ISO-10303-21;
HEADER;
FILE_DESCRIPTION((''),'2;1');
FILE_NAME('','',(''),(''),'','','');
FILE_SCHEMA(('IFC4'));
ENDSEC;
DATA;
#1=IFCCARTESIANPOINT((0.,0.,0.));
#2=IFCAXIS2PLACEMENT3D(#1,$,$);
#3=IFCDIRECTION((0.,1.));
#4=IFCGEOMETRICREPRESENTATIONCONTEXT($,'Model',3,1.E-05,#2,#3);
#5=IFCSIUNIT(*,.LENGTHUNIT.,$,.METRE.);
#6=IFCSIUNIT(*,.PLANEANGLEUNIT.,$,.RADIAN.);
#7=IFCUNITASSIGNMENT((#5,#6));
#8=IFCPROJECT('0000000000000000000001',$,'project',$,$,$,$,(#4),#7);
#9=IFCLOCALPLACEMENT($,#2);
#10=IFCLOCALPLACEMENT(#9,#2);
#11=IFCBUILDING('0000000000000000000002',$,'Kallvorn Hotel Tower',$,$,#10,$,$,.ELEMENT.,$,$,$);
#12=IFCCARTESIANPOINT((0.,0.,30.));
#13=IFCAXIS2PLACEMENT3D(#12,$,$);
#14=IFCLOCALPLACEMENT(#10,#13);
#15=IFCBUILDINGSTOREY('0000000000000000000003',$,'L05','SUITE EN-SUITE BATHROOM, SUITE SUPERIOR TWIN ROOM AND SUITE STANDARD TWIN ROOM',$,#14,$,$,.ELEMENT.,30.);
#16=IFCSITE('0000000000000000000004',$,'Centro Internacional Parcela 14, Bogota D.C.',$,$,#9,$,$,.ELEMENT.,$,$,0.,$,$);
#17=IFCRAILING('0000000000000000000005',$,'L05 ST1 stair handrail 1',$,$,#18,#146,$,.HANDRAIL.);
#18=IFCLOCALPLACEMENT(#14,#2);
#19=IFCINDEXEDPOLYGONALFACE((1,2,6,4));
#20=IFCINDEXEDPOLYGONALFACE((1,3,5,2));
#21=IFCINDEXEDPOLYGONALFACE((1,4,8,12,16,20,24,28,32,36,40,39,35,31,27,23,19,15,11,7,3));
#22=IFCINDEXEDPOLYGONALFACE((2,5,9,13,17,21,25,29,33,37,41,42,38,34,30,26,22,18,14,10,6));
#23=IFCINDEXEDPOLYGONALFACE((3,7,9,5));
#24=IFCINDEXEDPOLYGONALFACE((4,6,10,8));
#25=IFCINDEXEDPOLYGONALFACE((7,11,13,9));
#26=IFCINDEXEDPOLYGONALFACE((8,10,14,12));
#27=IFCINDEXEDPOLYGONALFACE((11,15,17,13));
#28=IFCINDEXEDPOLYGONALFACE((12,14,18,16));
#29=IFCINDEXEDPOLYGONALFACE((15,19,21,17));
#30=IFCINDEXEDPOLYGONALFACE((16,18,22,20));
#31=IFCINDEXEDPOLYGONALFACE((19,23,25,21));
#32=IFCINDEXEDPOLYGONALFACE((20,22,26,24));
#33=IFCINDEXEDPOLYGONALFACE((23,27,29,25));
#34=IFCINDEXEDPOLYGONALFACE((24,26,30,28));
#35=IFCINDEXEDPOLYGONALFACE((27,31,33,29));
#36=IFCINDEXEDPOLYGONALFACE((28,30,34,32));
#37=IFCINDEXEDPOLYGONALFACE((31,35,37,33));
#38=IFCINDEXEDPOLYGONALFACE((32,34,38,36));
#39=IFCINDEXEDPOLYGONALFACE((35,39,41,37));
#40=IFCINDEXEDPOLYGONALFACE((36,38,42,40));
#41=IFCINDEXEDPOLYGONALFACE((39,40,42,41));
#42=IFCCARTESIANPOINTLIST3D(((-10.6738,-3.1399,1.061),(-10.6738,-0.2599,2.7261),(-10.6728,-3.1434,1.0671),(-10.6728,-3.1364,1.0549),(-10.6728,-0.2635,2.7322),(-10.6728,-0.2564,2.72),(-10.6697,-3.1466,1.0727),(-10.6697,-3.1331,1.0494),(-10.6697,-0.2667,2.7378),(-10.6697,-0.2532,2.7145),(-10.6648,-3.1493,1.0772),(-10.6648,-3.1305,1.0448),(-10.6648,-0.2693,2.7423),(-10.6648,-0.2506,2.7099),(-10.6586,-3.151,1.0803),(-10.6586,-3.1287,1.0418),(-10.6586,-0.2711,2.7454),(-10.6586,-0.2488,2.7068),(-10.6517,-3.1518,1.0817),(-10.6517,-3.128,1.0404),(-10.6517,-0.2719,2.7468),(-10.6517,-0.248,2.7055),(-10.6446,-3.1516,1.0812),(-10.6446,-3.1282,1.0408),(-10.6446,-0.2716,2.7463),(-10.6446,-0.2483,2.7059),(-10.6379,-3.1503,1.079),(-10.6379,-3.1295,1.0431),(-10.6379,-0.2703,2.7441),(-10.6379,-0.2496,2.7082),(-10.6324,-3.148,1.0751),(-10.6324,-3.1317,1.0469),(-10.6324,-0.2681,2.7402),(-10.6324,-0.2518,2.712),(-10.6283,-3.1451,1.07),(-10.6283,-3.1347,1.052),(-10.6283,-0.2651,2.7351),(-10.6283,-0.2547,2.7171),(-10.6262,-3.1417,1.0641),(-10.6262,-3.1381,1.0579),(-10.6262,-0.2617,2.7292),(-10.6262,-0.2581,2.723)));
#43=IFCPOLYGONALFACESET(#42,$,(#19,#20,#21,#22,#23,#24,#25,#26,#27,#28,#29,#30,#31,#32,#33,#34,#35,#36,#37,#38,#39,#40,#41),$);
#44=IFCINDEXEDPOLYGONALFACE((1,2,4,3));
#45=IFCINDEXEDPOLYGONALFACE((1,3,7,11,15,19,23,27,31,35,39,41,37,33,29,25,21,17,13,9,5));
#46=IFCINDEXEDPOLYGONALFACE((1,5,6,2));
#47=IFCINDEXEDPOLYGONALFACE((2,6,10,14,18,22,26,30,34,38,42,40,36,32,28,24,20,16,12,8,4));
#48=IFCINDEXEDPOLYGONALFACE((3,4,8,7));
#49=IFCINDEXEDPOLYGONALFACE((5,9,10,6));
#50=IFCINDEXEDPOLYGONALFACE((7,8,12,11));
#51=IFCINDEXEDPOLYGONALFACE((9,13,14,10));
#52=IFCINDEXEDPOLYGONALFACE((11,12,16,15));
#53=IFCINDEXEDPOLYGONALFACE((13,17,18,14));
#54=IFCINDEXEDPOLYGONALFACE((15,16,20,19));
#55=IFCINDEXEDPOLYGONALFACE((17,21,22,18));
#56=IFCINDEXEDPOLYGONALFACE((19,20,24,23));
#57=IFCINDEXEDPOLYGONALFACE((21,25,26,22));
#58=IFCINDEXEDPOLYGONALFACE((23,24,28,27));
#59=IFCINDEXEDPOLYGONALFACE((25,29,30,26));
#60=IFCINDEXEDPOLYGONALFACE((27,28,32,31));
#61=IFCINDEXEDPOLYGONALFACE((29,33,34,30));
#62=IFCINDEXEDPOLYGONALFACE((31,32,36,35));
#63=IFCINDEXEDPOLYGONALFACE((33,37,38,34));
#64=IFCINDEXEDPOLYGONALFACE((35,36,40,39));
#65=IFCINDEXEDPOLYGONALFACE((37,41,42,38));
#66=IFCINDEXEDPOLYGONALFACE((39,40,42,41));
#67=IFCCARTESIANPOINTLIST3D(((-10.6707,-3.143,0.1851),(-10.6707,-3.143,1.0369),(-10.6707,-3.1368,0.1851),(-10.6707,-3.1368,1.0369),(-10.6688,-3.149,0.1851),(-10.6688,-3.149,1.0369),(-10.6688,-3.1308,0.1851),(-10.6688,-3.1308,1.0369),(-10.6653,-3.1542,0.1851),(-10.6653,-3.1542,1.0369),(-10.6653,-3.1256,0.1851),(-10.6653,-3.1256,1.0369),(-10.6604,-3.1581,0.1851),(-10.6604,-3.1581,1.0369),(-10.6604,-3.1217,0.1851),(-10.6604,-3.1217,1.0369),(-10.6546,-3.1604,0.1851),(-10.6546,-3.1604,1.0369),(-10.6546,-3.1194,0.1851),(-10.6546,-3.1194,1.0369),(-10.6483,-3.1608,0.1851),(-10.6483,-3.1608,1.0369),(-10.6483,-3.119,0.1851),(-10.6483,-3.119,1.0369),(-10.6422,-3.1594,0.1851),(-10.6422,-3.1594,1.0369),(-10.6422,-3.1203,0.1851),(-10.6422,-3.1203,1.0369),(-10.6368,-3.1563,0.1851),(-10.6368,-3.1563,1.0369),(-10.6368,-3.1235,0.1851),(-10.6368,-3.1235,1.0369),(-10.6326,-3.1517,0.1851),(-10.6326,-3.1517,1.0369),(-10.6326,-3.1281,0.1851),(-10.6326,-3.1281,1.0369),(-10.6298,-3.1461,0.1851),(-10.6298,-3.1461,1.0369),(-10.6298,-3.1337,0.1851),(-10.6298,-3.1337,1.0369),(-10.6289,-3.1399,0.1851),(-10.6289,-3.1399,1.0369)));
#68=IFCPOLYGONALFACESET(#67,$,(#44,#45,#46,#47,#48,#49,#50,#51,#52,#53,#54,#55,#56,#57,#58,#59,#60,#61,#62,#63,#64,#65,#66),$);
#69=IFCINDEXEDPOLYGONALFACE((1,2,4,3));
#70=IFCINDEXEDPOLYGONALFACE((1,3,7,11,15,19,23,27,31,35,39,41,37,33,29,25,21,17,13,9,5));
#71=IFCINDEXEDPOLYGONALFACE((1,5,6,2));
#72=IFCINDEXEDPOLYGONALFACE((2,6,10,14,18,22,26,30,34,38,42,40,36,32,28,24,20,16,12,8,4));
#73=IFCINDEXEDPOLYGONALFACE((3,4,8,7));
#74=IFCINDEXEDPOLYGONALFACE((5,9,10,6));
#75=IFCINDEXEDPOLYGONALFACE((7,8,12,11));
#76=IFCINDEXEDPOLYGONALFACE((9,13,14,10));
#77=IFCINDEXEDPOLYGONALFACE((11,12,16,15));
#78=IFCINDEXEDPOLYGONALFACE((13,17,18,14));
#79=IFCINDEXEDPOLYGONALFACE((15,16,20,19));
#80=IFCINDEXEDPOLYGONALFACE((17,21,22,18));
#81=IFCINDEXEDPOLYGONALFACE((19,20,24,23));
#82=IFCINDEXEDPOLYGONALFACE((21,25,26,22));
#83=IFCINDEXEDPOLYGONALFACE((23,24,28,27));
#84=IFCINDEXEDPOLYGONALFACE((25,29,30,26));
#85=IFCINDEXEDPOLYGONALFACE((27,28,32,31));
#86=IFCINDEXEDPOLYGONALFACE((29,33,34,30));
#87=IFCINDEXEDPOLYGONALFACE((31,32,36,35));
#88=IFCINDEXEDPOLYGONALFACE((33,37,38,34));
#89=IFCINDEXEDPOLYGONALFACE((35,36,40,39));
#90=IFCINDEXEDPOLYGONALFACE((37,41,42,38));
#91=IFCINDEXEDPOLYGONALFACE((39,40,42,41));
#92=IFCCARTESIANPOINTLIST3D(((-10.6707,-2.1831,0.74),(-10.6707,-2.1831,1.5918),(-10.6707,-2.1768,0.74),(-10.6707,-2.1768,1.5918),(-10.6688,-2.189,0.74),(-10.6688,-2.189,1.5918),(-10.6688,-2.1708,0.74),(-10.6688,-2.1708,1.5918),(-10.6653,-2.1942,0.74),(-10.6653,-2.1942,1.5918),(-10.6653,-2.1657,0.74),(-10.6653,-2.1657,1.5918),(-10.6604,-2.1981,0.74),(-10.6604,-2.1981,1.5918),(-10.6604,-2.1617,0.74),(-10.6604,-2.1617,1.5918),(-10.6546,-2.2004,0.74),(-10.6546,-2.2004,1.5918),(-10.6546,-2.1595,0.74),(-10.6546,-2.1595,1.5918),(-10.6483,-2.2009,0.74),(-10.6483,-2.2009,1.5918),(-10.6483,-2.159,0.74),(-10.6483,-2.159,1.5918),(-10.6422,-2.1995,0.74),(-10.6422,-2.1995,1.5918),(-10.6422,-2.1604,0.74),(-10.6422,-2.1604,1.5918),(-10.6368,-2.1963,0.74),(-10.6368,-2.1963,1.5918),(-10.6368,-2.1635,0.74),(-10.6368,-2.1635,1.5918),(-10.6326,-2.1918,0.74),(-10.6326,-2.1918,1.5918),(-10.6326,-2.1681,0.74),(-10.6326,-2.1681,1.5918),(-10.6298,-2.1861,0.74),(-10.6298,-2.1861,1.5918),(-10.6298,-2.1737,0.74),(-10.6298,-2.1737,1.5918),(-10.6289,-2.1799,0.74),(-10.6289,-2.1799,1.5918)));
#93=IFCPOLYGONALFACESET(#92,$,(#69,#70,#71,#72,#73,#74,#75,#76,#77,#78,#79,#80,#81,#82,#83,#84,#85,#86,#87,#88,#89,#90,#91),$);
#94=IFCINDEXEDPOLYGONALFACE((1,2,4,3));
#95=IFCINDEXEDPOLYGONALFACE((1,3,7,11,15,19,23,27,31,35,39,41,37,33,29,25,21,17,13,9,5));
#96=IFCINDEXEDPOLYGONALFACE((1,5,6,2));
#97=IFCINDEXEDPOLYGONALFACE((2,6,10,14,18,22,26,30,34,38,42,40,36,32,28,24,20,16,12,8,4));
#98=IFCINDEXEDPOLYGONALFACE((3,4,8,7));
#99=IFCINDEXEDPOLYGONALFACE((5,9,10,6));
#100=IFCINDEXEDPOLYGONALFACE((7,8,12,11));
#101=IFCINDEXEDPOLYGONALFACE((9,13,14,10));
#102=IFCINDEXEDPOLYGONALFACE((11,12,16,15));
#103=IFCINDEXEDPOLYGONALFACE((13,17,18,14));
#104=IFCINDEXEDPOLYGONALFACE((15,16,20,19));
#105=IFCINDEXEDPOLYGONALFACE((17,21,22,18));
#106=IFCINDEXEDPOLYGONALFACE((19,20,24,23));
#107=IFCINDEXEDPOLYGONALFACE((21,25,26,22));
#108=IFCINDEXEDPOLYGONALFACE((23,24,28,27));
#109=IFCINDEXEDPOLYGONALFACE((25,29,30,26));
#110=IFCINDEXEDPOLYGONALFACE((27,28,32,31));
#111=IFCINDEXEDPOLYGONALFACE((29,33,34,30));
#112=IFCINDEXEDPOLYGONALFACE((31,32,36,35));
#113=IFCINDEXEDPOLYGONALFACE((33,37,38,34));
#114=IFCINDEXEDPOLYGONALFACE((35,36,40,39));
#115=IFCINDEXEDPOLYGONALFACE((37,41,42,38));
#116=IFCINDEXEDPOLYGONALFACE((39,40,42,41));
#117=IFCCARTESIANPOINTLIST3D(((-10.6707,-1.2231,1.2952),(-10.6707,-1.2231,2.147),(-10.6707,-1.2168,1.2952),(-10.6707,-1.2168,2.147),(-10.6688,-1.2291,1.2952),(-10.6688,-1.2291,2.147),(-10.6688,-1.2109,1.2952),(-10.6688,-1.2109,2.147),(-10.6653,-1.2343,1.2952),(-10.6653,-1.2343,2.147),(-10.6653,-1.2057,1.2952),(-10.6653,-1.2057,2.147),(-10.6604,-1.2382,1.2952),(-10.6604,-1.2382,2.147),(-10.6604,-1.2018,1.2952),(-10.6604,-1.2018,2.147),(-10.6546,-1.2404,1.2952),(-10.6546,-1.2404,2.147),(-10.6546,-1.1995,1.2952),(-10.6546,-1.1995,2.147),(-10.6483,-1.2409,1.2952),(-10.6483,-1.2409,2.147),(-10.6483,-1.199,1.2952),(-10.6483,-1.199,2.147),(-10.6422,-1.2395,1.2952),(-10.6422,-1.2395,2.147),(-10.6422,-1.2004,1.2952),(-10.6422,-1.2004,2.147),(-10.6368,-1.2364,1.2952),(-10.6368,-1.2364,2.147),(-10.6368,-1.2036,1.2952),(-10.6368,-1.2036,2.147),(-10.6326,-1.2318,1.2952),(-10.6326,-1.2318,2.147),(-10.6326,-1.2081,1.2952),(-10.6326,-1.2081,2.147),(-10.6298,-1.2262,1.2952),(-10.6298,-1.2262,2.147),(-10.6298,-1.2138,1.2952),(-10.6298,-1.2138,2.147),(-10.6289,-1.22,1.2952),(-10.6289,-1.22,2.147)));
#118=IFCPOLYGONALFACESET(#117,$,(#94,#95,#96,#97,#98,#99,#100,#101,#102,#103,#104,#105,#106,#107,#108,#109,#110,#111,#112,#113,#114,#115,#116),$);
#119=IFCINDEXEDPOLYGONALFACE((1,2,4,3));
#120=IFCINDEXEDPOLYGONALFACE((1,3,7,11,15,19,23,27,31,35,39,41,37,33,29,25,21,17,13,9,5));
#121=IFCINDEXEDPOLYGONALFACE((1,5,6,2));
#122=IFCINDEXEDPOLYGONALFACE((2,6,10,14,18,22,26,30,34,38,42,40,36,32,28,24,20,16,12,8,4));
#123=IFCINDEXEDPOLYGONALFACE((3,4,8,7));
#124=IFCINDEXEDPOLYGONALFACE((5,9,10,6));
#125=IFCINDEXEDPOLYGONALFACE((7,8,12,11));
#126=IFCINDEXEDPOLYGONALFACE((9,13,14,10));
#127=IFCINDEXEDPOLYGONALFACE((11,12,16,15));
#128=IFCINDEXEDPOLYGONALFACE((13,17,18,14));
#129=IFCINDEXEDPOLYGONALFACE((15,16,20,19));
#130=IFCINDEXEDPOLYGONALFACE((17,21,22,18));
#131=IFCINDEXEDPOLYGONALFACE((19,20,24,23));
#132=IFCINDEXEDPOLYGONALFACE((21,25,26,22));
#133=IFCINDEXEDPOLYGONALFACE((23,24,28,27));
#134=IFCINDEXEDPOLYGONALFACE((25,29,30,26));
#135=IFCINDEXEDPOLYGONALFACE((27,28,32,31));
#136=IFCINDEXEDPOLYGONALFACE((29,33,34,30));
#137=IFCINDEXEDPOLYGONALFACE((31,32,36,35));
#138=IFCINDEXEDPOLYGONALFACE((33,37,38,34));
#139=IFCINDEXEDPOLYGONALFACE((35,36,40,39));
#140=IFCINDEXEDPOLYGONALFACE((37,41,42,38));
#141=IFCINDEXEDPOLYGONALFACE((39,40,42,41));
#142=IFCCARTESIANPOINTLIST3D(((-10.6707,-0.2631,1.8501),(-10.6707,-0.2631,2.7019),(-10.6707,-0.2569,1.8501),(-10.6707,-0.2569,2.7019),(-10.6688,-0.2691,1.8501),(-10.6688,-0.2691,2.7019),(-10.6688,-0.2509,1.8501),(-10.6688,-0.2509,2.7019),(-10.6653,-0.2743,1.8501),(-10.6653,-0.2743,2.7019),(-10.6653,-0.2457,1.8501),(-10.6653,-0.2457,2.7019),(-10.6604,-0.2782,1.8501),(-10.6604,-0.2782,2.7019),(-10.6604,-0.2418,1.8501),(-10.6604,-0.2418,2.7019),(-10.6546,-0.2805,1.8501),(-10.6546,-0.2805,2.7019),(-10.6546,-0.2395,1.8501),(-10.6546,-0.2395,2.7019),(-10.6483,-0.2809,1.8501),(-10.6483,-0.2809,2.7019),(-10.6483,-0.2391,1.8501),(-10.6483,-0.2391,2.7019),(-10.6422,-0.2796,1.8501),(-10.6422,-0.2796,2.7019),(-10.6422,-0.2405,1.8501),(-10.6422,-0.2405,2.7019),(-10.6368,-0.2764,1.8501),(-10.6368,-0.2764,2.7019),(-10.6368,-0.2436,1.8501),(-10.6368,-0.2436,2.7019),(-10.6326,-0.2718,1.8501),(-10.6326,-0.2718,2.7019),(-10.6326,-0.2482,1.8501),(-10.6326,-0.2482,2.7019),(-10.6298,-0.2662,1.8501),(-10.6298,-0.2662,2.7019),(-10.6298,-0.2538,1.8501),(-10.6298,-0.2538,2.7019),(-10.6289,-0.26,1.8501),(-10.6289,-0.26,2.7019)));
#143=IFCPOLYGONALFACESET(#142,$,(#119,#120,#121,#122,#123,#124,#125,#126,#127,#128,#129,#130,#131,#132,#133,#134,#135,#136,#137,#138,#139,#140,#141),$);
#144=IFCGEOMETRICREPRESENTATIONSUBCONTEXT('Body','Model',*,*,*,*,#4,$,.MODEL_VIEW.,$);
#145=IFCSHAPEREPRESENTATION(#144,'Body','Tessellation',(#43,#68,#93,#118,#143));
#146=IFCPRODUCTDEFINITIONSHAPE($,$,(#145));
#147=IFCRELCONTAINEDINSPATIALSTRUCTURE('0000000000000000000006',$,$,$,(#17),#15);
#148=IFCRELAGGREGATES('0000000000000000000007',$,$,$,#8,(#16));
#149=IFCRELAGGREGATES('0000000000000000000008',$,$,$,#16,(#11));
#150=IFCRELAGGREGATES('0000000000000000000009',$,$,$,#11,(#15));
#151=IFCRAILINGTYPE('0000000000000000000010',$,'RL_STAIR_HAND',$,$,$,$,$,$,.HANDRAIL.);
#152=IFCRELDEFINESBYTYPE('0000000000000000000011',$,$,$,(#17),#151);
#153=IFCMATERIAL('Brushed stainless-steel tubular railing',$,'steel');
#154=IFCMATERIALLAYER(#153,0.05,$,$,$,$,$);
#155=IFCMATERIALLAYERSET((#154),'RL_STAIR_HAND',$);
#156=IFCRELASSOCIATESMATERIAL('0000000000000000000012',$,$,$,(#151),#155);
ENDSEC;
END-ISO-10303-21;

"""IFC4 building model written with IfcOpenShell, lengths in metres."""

from ifc_helpers import new_model, si_unit, direction, frame, origin, origin_2d, place, context, subcontext, project, spatial, circle, extrude, material, layer, layer_set, type_object, element, save


model = new_model("IFC4")

# Units and contexts
model_context = context("Model", 3, precision=1e-05, world=origin(), true_north=direction((0.0, 1.0)))
body_context = subcontext(model_context, "Body", "Model", "MODEL_VIEW")
ifc_project = project(units=[si_unit("LENGTHUNIT", "METRE"), si_unit("PLANEANGLEUNIT", "RADIAN")], contexts=[model_context])

# Site, building, storey
site_placement = place(None, origin())
site = spatial("IfcSite", under=ifc_project, at=site_placement, Name="Centro Internacional Parcela 14, Bogota D.C.", CompositionType="ELEMENT", RefElevation=0.0)
building_placement = place(site_placement, origin())
building = spatial("IfcBuilding", under=site, at=building_placement, Name="Kallvorn Hotel Tower", CompositionType="ELEMENT")
storey_placement = place(building_placement, frame((0.0, 0.0, 30.0)))
storey = spatial("IfcBuildingStorey", under=building, at=storey_placement, Name="L05", Description="SUITE EN-SUITE BATHROOM, SUITE SUPERIOR TWIN ROOM AND SUITE STANDARD TWIN ROOM", CompositionType="ELEMENT", Elevation=30.0)

# Railing
ifc_material_1 = material(Name="Brushed stainless-steel tubular railing", Category="steel")
ifc_layer_1 = layer(ifc_material_1, 0.05)
ifc_layer_set_1 = layer_set([ifc_layer_1], Name="RL_STAIR_HAND")
railing_type = type_object("IfcRailingType", Name="RL_STAIR_HAND", PredefinedType="HANDRAIL", material=ifc_layer_set_1)
railing_placement = place(storey_placement, frame((-10.6499, -3.1399, 0.1851)))
element("IfcRailing", 1, at=railing_placement, inside=storey, type_object=railing_type, Name="L05 ST1 stair handrail 1", PredefinedType="HANDRAIL", context=body_context, shape_type="SweptSolid", body=[
    extrude(circle(Radius=0.0239, at=origin_2d()), frame((0.0, 0.0, 0.876), z_axis=(0.0, 0.865721, 0.500527), x_axis=(-1.0, 0.0, 0.0)), (0.0, 0.0, 1.0), 3.3267),
    extrude(circle(Radius=0.021, at=origin_2d()), origin(), (0.0, 0.0, 1.0), 0.8518),
    extrude(circle(Radius=0.021, at=origin_2d()), frame((0.0, 0.96, 0.5549)), (0.0, 0.0, 1.0), 0.8518),
    extrude(circle(Radius=0.021, at=origin_2d()), frame((0.0, 1.9199, 1.1101)), (0.0, 0.0, 1.0), 0.8518),
    extrude(circle(Radius=0.021, at=origin_2d()), frame((0.0, 2.8799, 1.665)), (0.0, 0.0, 1.0), 0.8518),
])

save(model, "model.ifc")
